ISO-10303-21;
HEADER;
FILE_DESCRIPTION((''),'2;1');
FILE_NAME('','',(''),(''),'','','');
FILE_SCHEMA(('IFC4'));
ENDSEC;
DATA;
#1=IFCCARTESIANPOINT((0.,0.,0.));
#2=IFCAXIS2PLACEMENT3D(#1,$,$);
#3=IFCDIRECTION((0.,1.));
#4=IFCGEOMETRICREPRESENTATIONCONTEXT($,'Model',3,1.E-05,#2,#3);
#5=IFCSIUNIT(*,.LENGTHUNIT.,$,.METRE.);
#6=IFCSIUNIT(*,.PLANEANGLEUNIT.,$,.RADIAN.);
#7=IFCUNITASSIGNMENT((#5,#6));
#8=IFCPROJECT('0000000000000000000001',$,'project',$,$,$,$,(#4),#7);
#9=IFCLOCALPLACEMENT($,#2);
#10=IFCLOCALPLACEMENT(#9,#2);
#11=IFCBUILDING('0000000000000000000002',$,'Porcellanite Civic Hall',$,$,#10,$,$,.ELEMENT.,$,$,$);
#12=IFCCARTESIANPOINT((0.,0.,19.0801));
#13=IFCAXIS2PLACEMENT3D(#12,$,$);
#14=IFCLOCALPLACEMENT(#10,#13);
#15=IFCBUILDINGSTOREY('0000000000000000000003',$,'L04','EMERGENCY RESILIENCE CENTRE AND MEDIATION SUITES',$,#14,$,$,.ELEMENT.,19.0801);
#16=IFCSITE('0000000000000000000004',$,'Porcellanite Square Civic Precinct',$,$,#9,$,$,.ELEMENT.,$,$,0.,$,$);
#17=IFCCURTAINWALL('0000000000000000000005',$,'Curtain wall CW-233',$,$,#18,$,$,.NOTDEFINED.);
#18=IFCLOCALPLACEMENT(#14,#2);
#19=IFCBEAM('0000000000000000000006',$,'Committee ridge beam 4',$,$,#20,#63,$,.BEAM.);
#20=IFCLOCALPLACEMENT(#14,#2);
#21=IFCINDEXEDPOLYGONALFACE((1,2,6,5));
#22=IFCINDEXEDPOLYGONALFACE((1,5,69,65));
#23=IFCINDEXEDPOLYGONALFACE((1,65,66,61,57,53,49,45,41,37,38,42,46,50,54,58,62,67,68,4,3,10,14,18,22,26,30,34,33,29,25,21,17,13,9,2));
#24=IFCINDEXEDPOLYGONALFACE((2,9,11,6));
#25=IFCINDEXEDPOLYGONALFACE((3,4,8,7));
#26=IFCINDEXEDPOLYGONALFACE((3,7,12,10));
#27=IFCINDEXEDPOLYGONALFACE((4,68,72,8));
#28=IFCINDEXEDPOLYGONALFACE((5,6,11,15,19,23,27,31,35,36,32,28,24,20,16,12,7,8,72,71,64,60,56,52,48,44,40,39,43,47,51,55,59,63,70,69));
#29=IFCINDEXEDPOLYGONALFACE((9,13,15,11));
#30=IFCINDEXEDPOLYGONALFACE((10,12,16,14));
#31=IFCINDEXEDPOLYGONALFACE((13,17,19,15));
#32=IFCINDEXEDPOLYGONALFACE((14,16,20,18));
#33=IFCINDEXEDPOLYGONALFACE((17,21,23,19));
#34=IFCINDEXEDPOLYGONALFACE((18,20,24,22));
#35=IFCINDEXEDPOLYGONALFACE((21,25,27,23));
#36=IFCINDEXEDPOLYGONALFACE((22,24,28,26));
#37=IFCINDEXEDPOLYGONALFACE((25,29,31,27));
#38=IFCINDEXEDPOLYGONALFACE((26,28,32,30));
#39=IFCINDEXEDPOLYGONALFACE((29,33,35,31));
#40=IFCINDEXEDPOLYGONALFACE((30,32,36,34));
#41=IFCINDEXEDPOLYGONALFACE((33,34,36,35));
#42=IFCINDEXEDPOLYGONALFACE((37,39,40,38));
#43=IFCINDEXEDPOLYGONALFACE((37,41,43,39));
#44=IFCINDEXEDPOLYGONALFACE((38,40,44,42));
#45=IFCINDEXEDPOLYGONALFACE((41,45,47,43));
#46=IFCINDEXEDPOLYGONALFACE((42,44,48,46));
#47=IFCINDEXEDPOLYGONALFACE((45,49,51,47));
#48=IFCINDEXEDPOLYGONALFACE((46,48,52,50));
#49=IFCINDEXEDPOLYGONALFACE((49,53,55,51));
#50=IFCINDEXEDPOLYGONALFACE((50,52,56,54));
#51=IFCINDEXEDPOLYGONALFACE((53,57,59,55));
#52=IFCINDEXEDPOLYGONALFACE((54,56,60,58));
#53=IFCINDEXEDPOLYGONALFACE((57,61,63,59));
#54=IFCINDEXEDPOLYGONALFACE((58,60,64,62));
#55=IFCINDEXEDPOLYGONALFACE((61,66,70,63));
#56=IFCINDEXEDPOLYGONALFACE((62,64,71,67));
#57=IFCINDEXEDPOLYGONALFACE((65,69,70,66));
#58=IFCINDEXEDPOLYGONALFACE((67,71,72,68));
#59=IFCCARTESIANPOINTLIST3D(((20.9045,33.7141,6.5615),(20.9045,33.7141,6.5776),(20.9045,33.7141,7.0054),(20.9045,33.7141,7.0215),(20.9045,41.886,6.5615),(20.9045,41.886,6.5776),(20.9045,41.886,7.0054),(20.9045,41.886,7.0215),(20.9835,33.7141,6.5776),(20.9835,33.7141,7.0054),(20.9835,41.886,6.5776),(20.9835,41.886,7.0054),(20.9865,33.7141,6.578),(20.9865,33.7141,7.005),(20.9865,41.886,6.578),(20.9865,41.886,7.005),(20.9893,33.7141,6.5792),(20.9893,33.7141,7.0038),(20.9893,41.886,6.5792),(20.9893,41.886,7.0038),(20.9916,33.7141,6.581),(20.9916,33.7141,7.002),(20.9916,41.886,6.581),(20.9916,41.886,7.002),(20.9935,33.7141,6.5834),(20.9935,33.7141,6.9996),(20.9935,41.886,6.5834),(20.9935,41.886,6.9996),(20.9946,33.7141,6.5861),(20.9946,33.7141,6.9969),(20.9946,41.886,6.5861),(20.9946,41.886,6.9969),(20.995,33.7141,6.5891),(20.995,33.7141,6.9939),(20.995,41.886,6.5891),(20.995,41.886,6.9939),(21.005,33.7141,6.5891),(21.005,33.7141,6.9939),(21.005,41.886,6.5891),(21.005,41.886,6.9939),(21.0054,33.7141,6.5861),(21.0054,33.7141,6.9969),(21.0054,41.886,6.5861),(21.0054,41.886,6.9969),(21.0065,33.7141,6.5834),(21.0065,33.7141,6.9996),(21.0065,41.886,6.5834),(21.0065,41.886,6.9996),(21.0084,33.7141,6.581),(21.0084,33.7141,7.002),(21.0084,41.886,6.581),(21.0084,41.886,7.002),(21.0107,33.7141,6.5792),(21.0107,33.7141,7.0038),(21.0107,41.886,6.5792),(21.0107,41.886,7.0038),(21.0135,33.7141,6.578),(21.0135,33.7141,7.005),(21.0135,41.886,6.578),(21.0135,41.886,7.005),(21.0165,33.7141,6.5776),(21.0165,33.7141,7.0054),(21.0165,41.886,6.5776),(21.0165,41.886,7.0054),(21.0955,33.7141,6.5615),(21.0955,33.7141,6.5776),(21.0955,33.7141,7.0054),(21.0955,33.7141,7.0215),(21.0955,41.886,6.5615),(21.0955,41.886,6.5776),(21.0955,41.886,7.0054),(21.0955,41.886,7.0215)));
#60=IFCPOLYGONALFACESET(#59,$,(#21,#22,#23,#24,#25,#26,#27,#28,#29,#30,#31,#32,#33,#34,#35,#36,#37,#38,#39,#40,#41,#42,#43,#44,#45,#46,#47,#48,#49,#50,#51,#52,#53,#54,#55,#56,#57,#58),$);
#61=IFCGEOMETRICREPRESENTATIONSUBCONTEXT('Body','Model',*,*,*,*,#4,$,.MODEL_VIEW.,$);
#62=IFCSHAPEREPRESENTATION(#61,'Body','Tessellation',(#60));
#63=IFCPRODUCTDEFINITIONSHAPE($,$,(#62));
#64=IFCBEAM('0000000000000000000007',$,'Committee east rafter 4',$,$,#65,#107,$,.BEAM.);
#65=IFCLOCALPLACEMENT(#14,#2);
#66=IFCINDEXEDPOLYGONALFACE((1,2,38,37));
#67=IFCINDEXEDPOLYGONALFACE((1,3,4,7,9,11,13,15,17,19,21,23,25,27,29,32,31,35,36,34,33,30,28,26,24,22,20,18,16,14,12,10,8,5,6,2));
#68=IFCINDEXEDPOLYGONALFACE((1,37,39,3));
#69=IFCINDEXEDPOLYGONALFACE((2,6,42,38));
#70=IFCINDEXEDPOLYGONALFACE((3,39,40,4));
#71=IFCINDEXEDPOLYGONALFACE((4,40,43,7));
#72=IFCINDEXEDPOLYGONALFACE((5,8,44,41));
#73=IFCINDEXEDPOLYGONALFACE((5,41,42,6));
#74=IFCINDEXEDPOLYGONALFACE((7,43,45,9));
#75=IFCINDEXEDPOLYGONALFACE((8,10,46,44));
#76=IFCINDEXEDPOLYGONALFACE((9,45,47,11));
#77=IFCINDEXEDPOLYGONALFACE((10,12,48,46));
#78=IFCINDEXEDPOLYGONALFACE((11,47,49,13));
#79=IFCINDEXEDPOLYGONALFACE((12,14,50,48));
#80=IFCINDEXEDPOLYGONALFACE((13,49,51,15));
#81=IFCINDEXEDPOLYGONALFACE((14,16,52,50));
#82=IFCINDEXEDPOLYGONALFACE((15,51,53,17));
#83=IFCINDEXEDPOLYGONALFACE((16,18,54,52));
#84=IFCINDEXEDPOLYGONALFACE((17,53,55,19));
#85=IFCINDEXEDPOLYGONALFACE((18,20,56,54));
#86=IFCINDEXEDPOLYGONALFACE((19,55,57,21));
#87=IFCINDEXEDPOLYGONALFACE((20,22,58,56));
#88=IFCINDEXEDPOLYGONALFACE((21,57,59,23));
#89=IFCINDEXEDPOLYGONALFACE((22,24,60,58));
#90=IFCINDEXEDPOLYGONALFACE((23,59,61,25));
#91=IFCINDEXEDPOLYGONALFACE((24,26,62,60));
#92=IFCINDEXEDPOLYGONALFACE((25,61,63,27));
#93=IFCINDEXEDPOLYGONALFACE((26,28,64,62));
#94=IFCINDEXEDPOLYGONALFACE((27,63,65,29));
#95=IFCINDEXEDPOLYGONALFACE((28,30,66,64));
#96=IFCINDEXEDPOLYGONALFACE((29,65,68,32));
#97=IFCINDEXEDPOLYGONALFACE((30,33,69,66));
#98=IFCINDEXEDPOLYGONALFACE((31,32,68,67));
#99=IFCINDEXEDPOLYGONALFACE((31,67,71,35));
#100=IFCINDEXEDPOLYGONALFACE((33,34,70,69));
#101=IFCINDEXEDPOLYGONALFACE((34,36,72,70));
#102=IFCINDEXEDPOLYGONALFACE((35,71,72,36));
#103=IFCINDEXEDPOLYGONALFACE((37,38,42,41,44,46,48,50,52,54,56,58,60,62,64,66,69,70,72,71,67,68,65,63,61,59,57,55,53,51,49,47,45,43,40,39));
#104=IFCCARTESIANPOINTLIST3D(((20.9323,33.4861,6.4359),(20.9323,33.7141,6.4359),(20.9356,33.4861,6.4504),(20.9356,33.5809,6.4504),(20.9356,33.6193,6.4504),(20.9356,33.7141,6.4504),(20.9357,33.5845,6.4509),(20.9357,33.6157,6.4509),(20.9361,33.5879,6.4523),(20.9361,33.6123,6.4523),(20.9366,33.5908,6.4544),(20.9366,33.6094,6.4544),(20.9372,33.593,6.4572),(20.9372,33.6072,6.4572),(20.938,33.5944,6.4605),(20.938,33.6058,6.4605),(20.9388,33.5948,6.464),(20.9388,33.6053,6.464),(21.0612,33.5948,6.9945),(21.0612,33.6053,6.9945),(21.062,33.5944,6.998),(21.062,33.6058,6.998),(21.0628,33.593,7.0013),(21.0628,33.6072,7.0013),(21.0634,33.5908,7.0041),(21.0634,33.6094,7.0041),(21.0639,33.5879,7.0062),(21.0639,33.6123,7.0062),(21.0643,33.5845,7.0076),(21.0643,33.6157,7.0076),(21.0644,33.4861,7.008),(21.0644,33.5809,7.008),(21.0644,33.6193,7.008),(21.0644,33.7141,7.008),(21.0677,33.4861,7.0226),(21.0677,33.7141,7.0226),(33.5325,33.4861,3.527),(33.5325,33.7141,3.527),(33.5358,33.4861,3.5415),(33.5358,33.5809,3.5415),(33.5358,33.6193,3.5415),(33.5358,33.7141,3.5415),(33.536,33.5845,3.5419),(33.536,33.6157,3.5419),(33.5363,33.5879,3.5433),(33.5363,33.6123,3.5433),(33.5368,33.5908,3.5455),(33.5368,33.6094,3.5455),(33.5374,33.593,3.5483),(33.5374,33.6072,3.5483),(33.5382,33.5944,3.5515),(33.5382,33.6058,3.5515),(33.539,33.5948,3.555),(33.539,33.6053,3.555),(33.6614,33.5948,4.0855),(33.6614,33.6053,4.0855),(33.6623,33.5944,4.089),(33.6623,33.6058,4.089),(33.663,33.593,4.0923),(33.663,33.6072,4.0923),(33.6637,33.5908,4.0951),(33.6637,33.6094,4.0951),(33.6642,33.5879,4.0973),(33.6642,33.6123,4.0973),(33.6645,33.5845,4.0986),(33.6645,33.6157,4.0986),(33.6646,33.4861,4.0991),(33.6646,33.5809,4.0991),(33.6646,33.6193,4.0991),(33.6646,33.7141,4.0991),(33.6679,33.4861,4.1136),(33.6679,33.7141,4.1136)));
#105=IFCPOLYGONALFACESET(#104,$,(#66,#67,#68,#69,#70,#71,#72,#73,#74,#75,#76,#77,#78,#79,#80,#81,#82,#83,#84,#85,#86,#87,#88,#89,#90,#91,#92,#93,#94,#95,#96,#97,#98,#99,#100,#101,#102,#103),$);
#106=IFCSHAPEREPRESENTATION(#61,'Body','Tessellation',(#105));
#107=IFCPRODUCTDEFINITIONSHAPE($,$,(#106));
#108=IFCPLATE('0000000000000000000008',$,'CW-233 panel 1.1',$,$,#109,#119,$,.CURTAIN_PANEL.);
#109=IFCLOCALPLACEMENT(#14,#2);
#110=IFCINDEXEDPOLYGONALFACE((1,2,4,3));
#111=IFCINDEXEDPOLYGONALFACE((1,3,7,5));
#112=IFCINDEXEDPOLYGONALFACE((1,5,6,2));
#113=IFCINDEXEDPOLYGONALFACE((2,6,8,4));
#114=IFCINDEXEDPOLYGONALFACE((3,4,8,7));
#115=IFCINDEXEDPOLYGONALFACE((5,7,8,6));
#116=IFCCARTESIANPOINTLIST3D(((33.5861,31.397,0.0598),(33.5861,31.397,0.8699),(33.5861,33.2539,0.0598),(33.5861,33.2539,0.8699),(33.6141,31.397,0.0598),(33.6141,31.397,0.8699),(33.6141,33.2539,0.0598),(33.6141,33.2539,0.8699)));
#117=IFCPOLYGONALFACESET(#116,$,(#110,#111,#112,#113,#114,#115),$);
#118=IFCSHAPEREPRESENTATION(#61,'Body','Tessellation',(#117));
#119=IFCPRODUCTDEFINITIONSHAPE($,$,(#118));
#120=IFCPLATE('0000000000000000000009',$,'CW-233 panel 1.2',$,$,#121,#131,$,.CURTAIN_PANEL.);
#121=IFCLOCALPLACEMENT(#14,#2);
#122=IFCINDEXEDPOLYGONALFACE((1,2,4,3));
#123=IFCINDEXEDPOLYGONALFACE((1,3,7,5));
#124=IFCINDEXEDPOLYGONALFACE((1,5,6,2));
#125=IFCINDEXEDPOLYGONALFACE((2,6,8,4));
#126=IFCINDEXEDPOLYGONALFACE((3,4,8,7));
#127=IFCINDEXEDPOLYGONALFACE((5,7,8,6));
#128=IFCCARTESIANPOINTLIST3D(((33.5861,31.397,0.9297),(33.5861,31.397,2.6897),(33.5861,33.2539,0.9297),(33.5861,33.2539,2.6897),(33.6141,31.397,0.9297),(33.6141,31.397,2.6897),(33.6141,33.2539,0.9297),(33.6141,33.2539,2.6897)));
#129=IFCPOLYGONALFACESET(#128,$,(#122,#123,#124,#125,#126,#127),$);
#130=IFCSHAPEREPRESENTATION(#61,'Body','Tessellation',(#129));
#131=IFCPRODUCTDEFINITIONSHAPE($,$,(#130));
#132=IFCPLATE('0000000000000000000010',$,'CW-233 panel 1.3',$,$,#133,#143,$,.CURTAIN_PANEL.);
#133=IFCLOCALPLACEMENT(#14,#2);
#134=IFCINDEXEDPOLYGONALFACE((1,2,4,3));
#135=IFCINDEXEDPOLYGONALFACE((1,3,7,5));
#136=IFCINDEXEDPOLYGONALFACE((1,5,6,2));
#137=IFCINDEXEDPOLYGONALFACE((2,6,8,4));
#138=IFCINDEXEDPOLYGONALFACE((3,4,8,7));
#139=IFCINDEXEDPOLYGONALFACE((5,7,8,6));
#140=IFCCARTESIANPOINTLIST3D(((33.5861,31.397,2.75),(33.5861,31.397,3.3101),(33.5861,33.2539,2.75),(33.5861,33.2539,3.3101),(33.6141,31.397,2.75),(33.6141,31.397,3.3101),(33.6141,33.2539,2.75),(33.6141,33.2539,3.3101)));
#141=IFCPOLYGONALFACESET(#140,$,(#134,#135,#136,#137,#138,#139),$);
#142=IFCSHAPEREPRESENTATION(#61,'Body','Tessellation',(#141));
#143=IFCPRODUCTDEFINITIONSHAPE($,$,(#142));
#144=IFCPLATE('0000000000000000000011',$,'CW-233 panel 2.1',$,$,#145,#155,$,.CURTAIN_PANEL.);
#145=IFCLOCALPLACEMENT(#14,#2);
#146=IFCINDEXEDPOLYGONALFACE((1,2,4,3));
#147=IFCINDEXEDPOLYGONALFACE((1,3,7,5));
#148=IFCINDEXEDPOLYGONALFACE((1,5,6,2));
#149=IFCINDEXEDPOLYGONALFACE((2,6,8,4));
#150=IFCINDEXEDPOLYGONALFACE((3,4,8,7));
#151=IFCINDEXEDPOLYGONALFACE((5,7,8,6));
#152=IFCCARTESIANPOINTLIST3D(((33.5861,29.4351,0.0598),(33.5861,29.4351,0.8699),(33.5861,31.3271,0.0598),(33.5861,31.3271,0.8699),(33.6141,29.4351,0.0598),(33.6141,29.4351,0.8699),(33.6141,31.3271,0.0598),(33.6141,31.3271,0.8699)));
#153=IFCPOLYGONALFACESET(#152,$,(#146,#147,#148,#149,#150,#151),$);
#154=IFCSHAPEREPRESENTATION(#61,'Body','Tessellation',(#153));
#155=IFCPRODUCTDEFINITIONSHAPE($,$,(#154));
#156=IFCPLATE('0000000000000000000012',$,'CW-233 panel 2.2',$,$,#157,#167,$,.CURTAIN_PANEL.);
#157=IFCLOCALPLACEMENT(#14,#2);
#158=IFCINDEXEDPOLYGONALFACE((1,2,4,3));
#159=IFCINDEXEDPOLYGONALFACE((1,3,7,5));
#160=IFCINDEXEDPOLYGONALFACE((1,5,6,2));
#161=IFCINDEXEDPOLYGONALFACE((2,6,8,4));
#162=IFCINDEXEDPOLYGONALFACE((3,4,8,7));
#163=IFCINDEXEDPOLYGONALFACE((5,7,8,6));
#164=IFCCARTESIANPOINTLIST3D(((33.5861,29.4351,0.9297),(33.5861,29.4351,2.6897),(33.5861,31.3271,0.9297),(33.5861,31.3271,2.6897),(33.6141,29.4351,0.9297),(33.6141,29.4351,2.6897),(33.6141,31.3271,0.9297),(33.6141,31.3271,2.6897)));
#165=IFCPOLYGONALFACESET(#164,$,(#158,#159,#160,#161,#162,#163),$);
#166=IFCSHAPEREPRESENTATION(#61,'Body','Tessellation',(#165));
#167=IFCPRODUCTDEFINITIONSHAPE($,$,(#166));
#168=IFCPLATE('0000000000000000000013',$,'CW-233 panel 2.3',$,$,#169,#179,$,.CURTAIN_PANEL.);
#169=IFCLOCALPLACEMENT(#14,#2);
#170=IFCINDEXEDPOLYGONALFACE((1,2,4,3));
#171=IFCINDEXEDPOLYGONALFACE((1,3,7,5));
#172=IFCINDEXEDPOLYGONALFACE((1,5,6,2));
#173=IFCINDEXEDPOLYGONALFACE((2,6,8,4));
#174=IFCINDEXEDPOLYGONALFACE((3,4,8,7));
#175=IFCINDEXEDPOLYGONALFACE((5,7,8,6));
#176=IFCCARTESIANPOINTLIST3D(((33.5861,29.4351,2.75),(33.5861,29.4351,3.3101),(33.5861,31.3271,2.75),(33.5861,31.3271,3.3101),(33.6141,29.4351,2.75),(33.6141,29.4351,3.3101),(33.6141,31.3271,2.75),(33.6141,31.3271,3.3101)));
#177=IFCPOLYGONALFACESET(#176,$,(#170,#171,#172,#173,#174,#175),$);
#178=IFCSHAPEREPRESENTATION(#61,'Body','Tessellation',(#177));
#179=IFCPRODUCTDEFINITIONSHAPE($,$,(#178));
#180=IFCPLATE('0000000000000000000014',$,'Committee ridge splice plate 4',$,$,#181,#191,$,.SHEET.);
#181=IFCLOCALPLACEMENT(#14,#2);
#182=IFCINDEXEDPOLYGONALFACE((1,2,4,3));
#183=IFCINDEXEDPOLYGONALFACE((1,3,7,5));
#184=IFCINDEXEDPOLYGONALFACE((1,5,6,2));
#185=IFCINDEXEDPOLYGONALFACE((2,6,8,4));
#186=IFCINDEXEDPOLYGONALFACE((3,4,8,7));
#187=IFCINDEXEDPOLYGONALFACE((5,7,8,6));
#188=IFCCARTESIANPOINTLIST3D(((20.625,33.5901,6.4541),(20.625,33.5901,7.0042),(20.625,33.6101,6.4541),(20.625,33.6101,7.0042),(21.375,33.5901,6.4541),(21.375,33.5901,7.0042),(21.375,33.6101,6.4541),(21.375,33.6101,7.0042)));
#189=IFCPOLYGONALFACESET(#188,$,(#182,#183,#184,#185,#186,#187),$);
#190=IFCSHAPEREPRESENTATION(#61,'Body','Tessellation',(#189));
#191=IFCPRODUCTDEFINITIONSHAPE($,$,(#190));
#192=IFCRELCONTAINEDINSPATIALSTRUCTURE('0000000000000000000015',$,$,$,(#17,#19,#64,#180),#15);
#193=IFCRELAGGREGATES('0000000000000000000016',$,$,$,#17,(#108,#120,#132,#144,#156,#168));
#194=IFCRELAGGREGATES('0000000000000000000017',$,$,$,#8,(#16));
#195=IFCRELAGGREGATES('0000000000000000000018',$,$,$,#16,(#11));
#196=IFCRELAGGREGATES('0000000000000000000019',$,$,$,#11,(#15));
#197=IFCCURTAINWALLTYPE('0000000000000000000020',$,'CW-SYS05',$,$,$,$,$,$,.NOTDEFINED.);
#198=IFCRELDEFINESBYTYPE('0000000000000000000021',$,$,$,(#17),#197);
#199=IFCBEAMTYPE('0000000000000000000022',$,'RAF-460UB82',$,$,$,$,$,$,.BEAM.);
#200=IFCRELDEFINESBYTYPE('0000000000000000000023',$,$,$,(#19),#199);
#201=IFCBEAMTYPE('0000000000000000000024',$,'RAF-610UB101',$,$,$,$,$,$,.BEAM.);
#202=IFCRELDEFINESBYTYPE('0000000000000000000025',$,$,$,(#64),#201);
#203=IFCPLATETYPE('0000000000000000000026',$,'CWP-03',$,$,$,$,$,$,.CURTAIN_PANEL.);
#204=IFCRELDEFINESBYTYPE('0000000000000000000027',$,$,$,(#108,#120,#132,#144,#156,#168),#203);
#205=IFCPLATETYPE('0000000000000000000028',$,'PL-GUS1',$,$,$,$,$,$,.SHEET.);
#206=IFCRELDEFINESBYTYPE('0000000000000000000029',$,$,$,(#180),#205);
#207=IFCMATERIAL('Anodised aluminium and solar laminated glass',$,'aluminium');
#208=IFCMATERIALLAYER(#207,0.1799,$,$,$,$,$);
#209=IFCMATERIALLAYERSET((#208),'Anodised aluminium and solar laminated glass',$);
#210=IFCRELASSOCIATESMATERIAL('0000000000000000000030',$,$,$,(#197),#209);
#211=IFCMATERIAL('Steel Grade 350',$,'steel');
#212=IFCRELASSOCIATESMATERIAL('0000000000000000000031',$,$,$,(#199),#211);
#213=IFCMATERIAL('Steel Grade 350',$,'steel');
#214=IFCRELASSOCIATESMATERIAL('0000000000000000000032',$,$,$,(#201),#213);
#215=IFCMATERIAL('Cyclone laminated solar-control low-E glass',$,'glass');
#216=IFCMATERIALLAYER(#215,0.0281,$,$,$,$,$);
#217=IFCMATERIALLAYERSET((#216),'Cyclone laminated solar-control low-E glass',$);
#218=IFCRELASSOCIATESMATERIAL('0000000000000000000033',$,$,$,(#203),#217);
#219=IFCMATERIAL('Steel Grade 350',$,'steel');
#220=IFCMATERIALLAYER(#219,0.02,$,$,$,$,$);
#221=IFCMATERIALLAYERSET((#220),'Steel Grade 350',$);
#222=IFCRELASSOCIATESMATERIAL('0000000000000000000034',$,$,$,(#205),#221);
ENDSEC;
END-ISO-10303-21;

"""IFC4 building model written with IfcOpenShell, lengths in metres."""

from ifc_helpers import new_model, si_unit, direction, frame, origin, origin_2d, place, context, subcontext, project, spatial, rectangle, i_section, extrude, material, layer, layer_set, material_profile, profile_set, type_object, element, aggregate, save


model = new_model("IFC4")

# Units and contexts
model_context = context("Model", 3, precision=1e-05, world=origin(), true_north=direction((0.0, 1.0)))
body_context = subcontext(model_context, "Body", "Model", "MODEL_VIEW")
ifc_project = project(units=[si_unit("LENGTHUNIT", "METRE"), si_unit("PLANEANGLEUNIT", "RADIAN")], contexts=[model_context])

# Site, building, storey
site_placement = place(None, origin())
site = spatial("IfcSite", under=ifc_project, at=site_placement, Name="Porcellanite Square Civic Precinct", CompositionType="ELEMENT", RefElevation=0.0)
building_placement = place(site_placement, origin())
building = spatial("IfcBuilding", under=site, at=building_placement, Name="Porcellanite Civic Hall", CompositionType="ELEMENT")
storey_placement = place(building_placement, frame((0.0, 0.0, 19.0801)))
storey = spatial("IfcBuildingStorey", under=building, at=storey_placement, Name="L04", Description="EMERGENCY RESILIENCE CENTRE AND MEDIATION SUITES", CompositionType="ELEMENT", Elevation=19.0801)

# Curtain wall
ifc_material_1 = material(Name="Anodised aluminium and solar laminated glass", Category="aluminium")
ifc_layer_1 = layer(ifc_material_1, 0.1799)
ifc_layer_set_1 = layer_set([ifc_layer_1], Name="Anodised aluminium and solar laminated glass")
curtain_wall_type = type_object("IfcCurtainWallType", Name="CW-SYS05", PredefinedType="NOTDEFINED", material=ifc_layer_set_1)
curtain_wall_placement = place(storey_placement, origin())
curtain_wall = element("IfcCurtainWall", 1, at=curtain_wall_placement, inside=storey, type_object=curtain_wall_type, Name="Curtain wall CW-233", PredefinedType="NOTDEFINED")

# Beams
ifc_material_2 = material(Name="Steel Grade 350", Category="steel")
ifc_material_profile_1 = material_profile(ifc_material_2, i_section(OverallWidth=0.1909, OverallDepth=0.46, WebThickness=0.01, FlangeThickness=0.0161, FilletRadius=0.0115, at=origin_2d()), Name="460UB82.1")
ifc_profile_set_1 = profile_set([ifc_material_profile_1], Name="Steel Grade 350")
beam_type_1 = type_object("IfcBeamType", Name="RAF-460UB82", PredefinedType="BEAM", material=ifc_profile_set_1)
beam_1_placement = place(storey_placement, frame((21.0, 33.7141, 6.7915), z_axis=(0.0, 1.0, 0.0), x_axis=(-1.0, 0.0, 0.0)))
element("IfcBeam", 2, at=beam_1_placement, inside=storey, type_object=beam_type_1, Name="Committee ridge beam 4", PredefinedType="BEAM", context=body_context, shape_type="SweptSolid", body=[
    extrude(i_section(OverallWidth=0.1909, OverallDepth=0.46, WebThickness=0.01, FlangeThickness=0.0161, FilletRadius=0.0115, at=origin_2d()), origin(), (0.0, 0.0, 1.0), 8.1719),
])
ifc_material_3 = material(Name="Steel Grade 350", Category="steel")
ifc_material_profile_2 = material_profile(ifc_material_3, i_section(OverallWidth=0.228, OverallDepth=0.6021, WebThickness=0.0105, FlangeThickness=0.0149, FilletRadius=0.0139, at=origin_2d()), Name="610UB101")
ifc_profile_set_2 = profile_set([ifc_material_profile_2], Name="Steel Grade 350")
beam_type_2 = type_object("IfcBeamType", Name="RAF-610UB101", PredefinedType="BEAM", material=ifc_profile_set_2)
beam_2_placement = place(storey_placement, frame((21.0, 33.6001, 6.7292), z_axis=(0.974371, 0.0, -0.224949), x_axis=(0.0, 1.0, 0.0)))
element("IfcBeam", 3, at=beam_2_placement, inside=storey, type_object=beam_type_2, Name="Committee east rafter 4", PredefinedType="BEAM", context=body_context, shape_type="SweptSolid", body=[
    extrude(i_section(OverallWidth=0.228, OverallDepth=0.6021, WebThickness=0.0105, FlangeThickness=0.0149, FilletRadius=0.0139, at=origin_2d()), origin(), (0.0, 0.0, 1.0), 12.9316),
])

# Plates
ifc_material_4 = material(Name="Cyclone laminated solar-control low-E glass", Category="glass")
ifc_layer_2 = layer(ifc_material_4, 0.0281)
ifc_layer_set_2 = layer_set([ifc_layer_2], Name="Cyclone laminated solar-control low-E glass")
plate_type_1 = type_object("IfcPlateType", Name="CWP-03", PredefinedType="CURTAIN_PANEL", material=ifc_layer_set_2)
plate_1_placement = place(storey_placement, frame((33.6001, 32.3254, 0.0598), z_axis=(0.0, 0.0, 1.0), x_axis=(0.0, -1.0, 0.0)))
plate_1 = element("IfcPlate", 4, at=plate_1_placement, type_object=plate_type_1, Name="CW-233 panel 1.1", PredefinedType="CURTAIN_PANEL", context=body_context, shape_type="SweptSolid", body=[
    extrude(rectangle(XDim=1.8569, YDim=0.0281, at=origin_2d()), origin(), (0.0, 0.0, 1.0), 0.8101),
])
plate_2_placement = place(storey_placement, frame((33.6001, 32.3254, 0.9297), z_axis=(0.0, 0.0, 1.0), x_axis=(0.0, -1.0, 0.0)))
plate_2 = element("IfcPlate", 5, at=plate_2_placement, type_object=plate_type_1, Name="CW-233 panel 1.2", PredefinedType="CURTAIN_PANEL", context=body_context, shape_type="SweptSolid", body=[
    extrude(rectangle(XDim=1.8569, YDim=0.0281, at=origin_2d()), origin(), (0.0, 0.0, 1.0), 1.76),
])
plate_3_placement = place(storey_placement, frame((33.6001, 32.3254, 2.75), z_axis=(0.0, 0.0, 1.0), x_axis=(0.0, -1.0, 0.0)))
plate_3 = element("IfcPlate", 6, at=plate_3_placement, type_object=plate_type_1, Name="CW-233 panel 1.3", PredefinedType="CURTAIN_PANEL", context=body_context, shape_type="SweptSolid", body=[
    extrude(rectangle(XDim=1.8569, YDim=0.0281, at=origin_2d()), origin(), (0.0, 0.0, 1.0), 0.5601),
])
plate_4_placement = place(storey_placement, frame((33.6001, 30.3811, 0.0598), z_axis=(0.0, 0.0, 1.0), x_axis=(0.0, -1.0, 0.0)))
plate_4 = element("IfcPlate", 7, at=plate_4_placement, type_object=plate_type_1, Name="CW-233 panel 2.1", PredefinedType="CURTAIN_PANEL", context=body_context, shape_type="SweptSolid", body=[
    extrude(rectangle(XDim=1.8921, YDim=0.0281, at=origin_2d()), origin(), (0.0, 0.0, 1.0), 0.8101),
])
plate_5_placement = place(storey_placement, frame((33.6001, 30.3811, 0.9297), z_axis=(0.0, 0.0, 1.0), x_axis=(0.0, -1.0, 0.0)))
plate_5 = element("IfcPlate", 8, at=plate_5_placement, type_object=plate_type_1, Name="CW-233 panel 2.2", PredefinedType="CURTAIN_PANEL", context=body_context, shape_type="SweptSolid", body=[
    extrude(rectangle(XDim=1.8921, YDim=0.0281, at=origin_2d()), origin(), (0.0, 0.0, 1.0), 1.76),
])
plate_6_placement = place(storey_placement, frame((33.6001, 30.3811, 2.75), z_axis=(0.0, 0.0, 1.0), x_axis=(0.0, -1.0, 0.0)))
plate_6 = element("IfcPlate", 9, at=plate_6_placement, type_object=plate_type_1, Name="CW-233 panel 2.3", PredefinedType="CURTAIN_PANEL", context=body_context, shape_type="SweptSolid", body=[
    extrude(rectangle(XDim=1.8921, YDim=0.0281, at=origin_2d()), origin(), (0.0, 0.0, 1.0), 0.5601),
])
aggregate(curtain_wall, [plate_1, plate_2, plate_3, plate_4, plate_5, plate_6])
ifc_material_5 = material(Name="Steel Grade 350", Category="steel")
ifc_layer_3 = layer(ifc_material_5, 0.02)
ifc_layer_set_3 = layer_set([ifc_layer_3], Name="Steel Grade 350")
plate_type_2 = type_object("IfcPlateType", Name="PL-GUS1", PredefinedType="SHEET", material=ifc_layer_set_3)
plate_7_placement = place(storey_placement, frame((21.0, 33.6001, 6.4541), z_axis=(0.0, 0.0, 1.0), x_axis=(1.0, 0.0, 0.0)))
element("IfcPlate", 10, at=plate_7_placement, inside=storey, type_object=plate_type_2, Name="Committee ridge splice plate 4", PredefinedType="SHEET", context=body_context, shape_type="SweptSolid", body=[
    extrude(rectangle(XDim=0.75, YDim=0.02, at=origin_2d()), origin(), (0.0, 0.0, 1.0), 0.55),
])

save(model, "model.ifc")
